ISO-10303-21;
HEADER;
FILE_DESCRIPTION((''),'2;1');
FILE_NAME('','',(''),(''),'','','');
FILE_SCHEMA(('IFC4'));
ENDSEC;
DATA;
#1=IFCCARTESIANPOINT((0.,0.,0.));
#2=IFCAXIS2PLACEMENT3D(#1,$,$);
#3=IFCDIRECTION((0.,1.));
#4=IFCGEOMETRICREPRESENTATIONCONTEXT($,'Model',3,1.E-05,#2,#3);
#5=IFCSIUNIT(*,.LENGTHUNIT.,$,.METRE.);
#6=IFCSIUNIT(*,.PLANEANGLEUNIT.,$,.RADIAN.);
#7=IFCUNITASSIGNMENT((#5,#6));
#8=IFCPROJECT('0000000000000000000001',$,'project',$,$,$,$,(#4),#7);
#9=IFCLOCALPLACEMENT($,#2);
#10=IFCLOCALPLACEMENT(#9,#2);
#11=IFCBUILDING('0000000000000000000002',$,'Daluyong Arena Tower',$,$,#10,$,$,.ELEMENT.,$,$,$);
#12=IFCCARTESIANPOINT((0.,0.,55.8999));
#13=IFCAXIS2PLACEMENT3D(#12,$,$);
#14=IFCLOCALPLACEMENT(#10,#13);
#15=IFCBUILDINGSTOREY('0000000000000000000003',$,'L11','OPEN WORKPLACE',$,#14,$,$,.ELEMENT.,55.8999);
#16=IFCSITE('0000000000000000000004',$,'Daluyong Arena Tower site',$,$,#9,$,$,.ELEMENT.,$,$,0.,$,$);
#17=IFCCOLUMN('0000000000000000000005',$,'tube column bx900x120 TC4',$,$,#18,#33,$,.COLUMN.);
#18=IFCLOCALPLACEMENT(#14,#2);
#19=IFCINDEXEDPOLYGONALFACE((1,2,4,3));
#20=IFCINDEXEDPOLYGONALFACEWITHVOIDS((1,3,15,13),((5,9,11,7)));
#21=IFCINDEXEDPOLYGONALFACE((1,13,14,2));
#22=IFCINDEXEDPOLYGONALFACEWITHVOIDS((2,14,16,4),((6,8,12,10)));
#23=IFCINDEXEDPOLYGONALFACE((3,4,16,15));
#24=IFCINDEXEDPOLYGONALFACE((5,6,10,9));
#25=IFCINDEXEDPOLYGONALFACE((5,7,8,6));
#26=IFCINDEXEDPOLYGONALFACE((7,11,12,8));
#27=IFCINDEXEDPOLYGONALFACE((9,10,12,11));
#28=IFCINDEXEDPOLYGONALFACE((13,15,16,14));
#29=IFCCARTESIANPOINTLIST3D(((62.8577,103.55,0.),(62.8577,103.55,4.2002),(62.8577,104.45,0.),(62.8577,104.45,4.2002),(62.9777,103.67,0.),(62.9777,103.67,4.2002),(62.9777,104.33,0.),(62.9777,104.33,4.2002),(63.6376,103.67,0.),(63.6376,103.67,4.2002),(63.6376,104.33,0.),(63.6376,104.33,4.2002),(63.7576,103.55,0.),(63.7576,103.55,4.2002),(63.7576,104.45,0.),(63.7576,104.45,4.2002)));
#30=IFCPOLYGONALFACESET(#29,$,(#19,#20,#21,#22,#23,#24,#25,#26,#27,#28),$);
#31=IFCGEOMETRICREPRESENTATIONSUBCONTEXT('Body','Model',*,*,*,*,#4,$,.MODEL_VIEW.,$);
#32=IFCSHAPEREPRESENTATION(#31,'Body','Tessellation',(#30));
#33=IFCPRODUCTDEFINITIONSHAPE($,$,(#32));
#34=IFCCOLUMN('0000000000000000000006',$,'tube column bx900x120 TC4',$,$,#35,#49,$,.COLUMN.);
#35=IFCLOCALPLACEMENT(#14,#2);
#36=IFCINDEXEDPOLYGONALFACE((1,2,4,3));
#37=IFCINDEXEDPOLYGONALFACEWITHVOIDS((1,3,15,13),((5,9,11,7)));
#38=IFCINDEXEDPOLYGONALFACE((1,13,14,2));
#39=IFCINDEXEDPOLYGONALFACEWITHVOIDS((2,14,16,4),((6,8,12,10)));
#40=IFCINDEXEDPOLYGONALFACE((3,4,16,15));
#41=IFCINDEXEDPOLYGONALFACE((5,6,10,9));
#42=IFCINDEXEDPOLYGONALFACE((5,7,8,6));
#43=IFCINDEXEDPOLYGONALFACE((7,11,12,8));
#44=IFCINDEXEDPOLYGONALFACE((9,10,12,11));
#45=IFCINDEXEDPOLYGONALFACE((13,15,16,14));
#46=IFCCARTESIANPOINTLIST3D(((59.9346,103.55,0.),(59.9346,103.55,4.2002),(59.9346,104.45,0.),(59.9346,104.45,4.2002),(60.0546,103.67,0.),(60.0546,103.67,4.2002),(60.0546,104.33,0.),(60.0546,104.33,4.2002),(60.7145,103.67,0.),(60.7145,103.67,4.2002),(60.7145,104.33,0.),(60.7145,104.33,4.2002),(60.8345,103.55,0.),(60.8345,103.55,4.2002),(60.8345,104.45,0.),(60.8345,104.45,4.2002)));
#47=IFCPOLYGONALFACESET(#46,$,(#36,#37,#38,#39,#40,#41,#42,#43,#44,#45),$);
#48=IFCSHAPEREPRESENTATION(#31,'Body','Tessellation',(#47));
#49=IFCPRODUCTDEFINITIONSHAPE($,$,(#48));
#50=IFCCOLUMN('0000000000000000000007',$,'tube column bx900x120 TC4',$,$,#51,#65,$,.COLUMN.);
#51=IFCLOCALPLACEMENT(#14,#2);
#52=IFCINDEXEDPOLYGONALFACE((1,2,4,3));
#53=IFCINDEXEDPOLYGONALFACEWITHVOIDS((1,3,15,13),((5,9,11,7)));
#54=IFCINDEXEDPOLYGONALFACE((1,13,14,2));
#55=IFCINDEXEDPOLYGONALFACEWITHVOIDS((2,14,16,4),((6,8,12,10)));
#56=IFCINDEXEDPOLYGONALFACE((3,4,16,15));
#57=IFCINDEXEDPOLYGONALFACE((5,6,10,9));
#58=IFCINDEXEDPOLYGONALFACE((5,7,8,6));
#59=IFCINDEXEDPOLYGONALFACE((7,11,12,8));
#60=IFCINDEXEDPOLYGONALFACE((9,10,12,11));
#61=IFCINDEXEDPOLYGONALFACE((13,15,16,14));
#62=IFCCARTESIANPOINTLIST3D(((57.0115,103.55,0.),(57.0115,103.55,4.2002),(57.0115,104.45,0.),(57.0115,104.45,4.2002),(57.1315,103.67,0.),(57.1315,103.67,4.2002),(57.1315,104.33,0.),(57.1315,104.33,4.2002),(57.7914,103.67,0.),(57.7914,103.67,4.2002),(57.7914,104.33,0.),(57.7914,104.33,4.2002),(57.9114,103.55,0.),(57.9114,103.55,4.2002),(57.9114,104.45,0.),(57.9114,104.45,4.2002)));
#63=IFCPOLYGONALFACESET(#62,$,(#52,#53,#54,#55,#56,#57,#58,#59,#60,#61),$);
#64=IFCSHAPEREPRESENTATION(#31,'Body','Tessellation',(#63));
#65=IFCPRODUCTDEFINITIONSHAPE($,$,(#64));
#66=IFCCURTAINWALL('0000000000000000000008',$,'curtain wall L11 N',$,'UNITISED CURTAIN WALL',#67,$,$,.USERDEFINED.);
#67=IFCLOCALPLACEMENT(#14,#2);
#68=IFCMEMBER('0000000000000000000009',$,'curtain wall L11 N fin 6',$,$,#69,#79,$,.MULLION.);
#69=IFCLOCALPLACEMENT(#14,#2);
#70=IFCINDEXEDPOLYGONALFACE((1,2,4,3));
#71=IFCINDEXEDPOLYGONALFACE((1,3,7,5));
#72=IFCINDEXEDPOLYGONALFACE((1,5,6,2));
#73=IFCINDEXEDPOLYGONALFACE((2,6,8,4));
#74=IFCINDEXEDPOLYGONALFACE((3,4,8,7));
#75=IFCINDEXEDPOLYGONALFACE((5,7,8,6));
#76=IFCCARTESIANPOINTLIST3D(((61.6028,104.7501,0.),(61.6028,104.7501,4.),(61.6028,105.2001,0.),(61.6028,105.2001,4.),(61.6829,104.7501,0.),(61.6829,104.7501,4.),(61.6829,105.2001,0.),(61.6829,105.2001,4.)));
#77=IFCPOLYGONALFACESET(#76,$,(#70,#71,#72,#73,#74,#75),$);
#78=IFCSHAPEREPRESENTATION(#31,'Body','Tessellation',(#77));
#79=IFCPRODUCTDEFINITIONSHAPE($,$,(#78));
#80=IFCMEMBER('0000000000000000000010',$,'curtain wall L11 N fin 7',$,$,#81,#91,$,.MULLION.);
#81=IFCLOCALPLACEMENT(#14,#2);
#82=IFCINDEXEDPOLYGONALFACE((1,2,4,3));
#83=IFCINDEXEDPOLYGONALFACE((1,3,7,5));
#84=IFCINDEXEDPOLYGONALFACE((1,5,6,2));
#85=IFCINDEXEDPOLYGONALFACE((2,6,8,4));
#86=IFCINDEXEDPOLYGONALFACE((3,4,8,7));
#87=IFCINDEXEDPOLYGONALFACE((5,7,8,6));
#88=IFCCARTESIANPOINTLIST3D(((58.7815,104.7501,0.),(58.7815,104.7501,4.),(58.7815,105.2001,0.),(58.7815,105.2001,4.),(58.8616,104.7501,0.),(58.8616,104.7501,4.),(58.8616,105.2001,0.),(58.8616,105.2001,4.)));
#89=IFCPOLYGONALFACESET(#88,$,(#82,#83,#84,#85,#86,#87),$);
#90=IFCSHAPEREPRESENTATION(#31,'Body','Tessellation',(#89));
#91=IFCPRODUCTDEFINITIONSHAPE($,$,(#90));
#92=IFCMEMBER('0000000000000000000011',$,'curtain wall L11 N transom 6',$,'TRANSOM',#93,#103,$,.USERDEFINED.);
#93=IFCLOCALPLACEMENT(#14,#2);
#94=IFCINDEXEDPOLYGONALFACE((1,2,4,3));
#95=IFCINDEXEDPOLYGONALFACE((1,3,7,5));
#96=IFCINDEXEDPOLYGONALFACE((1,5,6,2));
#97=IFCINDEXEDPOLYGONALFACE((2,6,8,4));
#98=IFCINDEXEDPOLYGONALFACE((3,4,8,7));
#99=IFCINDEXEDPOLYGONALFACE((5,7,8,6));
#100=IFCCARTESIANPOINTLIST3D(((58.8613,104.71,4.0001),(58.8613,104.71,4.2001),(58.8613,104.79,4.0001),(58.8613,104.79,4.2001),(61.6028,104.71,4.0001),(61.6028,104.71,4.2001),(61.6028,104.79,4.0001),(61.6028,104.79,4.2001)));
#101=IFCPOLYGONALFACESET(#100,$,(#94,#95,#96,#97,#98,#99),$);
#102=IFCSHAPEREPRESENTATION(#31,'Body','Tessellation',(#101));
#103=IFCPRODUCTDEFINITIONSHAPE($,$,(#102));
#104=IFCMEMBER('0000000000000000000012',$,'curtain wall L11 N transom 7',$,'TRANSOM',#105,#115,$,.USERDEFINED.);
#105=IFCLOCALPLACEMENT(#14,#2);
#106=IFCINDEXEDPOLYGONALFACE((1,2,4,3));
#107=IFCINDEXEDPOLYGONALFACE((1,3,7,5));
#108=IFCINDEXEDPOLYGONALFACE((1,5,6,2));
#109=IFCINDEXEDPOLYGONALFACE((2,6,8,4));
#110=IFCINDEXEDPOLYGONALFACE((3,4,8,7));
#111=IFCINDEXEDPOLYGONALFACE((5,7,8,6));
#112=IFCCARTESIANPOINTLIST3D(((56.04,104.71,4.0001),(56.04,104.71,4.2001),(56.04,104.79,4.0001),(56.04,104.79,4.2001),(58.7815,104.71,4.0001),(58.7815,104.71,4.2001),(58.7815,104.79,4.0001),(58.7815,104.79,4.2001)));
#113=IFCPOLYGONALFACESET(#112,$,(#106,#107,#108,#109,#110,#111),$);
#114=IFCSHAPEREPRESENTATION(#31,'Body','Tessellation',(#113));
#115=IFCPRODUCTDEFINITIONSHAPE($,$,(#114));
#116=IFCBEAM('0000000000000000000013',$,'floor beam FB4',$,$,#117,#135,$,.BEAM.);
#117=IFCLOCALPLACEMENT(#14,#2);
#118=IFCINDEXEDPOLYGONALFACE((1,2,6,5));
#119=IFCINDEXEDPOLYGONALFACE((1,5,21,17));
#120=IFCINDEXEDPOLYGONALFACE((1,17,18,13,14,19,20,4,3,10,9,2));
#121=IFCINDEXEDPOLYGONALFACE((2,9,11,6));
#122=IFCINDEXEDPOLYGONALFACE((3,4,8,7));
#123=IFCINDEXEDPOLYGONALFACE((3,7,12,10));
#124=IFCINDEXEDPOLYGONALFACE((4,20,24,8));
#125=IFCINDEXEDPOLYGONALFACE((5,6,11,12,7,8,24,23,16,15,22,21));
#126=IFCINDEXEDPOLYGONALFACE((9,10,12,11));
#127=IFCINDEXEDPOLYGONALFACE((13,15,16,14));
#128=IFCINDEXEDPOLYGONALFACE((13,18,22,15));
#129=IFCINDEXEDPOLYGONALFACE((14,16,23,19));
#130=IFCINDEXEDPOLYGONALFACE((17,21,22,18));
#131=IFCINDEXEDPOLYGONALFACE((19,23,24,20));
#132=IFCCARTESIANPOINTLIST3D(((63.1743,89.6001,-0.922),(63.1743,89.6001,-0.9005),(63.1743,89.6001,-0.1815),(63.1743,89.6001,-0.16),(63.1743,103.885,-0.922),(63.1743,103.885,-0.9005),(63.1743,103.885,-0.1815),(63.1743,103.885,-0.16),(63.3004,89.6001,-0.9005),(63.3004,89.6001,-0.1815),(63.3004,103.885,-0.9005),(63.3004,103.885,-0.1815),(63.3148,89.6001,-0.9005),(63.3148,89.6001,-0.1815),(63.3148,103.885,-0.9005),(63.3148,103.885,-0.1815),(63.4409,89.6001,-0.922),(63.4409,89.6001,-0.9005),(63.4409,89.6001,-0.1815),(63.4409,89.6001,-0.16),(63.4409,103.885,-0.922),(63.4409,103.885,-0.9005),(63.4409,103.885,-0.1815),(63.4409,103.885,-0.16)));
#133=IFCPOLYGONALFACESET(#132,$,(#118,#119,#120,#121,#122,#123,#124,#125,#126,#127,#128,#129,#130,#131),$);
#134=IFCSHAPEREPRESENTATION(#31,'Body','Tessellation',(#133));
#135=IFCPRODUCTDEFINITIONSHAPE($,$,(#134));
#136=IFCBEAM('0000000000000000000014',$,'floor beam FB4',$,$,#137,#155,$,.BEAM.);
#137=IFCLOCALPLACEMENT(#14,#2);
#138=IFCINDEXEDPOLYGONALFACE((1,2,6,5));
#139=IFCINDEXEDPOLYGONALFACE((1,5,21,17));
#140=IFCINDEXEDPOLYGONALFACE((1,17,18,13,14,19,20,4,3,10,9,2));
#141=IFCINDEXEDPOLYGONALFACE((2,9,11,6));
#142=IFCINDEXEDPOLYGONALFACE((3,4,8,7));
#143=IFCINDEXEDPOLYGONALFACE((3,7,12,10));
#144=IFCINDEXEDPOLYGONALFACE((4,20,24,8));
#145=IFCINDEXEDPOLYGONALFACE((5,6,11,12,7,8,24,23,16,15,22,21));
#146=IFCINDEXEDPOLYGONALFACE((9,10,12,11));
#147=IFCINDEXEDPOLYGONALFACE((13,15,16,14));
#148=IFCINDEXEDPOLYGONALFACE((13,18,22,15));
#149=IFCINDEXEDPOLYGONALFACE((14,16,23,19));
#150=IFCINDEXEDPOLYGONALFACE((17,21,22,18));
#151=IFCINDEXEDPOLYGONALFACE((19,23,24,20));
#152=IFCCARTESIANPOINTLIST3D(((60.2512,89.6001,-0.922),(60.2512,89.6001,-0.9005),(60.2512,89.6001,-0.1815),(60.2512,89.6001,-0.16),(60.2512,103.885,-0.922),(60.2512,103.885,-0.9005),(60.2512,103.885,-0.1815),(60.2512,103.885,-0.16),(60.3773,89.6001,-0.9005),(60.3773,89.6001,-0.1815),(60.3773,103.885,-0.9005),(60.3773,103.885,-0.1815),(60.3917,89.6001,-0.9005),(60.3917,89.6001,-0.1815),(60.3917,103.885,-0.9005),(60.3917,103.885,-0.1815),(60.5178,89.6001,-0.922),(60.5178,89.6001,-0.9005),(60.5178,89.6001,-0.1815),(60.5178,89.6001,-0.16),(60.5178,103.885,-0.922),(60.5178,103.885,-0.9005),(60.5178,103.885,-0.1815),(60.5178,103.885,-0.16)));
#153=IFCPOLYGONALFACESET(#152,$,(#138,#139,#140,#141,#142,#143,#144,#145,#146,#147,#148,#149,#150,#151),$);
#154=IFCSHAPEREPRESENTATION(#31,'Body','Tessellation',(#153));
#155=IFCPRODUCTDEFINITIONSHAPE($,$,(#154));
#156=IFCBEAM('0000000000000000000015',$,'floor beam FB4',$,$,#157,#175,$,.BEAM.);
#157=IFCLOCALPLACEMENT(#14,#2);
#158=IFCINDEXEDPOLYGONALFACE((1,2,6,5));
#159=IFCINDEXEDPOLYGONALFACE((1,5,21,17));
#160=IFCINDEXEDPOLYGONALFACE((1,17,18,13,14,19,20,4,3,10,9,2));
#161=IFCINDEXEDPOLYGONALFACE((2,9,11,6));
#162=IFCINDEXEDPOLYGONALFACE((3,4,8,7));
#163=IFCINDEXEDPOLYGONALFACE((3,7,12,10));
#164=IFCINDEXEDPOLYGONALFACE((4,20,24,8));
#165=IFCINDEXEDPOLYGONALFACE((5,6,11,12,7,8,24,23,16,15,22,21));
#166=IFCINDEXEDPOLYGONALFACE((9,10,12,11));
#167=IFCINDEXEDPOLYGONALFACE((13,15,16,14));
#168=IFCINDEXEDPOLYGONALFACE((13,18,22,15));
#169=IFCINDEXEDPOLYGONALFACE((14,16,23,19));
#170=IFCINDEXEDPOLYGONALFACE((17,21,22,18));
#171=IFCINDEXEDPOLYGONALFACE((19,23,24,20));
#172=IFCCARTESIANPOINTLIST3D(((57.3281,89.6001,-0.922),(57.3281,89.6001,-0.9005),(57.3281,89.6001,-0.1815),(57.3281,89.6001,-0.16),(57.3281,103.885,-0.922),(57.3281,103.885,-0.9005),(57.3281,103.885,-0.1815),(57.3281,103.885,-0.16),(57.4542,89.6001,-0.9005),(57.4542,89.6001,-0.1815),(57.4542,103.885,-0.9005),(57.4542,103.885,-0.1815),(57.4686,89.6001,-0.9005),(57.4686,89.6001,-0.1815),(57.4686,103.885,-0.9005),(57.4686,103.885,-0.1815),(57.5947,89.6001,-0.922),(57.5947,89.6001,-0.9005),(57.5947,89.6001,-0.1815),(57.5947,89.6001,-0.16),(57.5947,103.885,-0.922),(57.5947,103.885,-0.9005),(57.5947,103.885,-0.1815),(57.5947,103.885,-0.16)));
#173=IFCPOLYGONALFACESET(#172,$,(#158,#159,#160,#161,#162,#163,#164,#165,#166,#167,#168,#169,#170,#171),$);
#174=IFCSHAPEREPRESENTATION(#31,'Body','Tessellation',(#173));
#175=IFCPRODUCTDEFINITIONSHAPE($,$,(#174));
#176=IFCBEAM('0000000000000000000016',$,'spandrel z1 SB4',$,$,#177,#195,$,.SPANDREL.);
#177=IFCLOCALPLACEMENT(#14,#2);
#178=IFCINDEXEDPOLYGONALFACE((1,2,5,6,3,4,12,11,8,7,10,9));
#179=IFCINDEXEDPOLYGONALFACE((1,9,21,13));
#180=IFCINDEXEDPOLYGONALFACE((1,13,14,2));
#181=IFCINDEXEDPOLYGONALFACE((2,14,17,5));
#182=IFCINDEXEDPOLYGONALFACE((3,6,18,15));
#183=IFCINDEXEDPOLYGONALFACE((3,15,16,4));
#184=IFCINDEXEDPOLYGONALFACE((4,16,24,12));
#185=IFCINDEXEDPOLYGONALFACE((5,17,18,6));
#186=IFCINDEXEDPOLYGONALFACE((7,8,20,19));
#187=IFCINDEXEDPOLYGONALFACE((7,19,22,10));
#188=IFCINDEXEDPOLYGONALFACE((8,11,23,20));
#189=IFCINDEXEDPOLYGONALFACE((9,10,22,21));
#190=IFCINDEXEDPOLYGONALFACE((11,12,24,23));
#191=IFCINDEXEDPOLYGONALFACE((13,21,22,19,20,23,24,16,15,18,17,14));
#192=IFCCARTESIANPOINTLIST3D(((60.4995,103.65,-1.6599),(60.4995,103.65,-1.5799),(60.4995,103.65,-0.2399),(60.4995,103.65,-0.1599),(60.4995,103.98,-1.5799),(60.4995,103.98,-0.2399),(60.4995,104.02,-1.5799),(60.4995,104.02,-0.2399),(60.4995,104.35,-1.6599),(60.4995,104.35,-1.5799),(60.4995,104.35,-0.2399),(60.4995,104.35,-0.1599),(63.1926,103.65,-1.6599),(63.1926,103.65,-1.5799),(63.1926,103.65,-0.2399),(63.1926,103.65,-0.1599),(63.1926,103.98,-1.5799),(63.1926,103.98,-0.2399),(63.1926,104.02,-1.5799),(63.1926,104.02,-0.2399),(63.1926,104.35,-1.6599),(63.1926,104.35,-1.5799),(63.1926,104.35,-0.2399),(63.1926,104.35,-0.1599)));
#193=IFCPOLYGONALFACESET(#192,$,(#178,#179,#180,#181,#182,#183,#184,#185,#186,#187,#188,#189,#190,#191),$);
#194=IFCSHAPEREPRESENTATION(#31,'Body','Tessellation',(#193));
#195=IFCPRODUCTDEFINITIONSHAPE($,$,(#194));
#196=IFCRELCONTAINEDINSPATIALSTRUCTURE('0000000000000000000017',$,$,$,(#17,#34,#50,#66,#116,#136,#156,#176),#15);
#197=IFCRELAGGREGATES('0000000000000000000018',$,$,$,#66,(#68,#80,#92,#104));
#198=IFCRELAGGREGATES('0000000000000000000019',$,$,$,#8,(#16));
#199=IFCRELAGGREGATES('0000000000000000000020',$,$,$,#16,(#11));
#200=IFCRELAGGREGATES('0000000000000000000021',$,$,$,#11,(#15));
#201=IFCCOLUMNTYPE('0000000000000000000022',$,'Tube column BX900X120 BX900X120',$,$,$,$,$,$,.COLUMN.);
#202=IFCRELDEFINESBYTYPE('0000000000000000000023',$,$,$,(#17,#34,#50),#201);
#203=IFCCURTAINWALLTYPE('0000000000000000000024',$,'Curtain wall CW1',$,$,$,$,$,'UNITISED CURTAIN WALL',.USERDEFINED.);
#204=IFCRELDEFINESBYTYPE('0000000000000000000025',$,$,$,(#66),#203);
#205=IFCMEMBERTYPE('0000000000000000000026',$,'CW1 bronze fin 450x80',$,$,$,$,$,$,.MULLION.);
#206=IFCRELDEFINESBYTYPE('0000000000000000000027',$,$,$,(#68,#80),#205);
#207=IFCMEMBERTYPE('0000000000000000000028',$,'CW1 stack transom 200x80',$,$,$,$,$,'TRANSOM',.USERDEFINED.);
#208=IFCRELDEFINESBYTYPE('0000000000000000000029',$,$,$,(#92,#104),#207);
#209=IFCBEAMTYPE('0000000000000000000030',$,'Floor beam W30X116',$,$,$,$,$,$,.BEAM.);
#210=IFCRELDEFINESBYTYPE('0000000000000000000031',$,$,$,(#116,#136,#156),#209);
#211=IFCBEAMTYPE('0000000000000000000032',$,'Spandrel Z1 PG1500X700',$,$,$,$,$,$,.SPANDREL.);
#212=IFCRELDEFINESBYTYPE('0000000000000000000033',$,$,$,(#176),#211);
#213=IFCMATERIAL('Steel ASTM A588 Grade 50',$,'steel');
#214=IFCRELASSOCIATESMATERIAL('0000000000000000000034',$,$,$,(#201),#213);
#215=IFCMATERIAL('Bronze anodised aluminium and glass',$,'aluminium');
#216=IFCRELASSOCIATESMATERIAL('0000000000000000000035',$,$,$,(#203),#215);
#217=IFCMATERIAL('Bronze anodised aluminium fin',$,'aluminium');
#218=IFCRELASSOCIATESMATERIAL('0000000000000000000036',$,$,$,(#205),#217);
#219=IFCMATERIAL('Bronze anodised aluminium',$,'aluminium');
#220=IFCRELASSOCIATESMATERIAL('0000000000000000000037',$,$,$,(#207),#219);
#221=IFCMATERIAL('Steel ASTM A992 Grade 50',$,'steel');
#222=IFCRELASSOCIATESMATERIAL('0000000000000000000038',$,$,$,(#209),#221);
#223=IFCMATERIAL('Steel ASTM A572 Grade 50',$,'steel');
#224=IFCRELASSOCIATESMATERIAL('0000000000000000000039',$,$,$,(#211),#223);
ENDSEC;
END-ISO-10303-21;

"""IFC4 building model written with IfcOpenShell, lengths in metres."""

from ifc_helpers import new_model, si_unit, direction, frame, origin, origin_2d, place, context, subcontext, project, spatial, rectangle, hollow_rectangle, i_section, extrude, material, material_profile, profile_set, type_object, element, aggregate, save


model = new_model("IFC4")

# Units and contexts
model_context = context("Model", 3, precision=1e-05, world=origin(), true_north=direction((0.0, 1.0)))
body_context = subcontext(model_context, "Body", "Model", "MODEL_VIEW")
ifc_project = project(units=[si_unit("LENGTHUNIT", "METRE"), si_unit("PLANEANGLEUNIT", "RADIAN")], contexts=[model_context])

# Site, building, storey
site_placement = place(None, origin())
site = spatial("IfcSite", under=ifc_project, at=site_placement, Name="Daluyong Arena Tower site", CompositionType="ELEMENT", RefElevation=0.0)
building_placement = place(site_placement, origin())
building = spatial("IfcBuilding", under=site, at=building_placement, Name="Daluyong Arena Tower", CompositionType="ELEMENT")
storey_placement = place(building_placement, frame((0.0, 0.0, 55.8999)))
storey = spatial("IfcBuildingStorey", under=building, at=storey_placement, Name="L11", Description="OPEN WORKPLACE", CompositionType="ELEMENT", Elevation=55.8999)

# Columns
ifc_material_1 = material(Name="Steel ASTM A588 Grade 50", Category="steel")
ifc_material_profile_1 = material_profile(ifc_material_1, hollow_rectangle(XDim=0.8999, YDim=0.8999, WallThickness=0.12, at=origin_2d()))
ifc_profile_set_1 = profile_set([ifc_material_profile_1], Name="Steel ASTM A588 Grade 50")
column_type = type_object("IfcColumnType", Name="Tube column BX900X120 BX900X120", PredefinedType="COLUMN", material=ifc_profile_set_1)
for number, where, z_axis, x_axis, name in (
    (1, (63.3076, 104.0, 0.0), (0.0, 0.0, 1.0), (1.0, 0.0, 0.0), "tube column bx900x120 TC4"),
    (2, (60.3845, 104.0, 0.0), (0.0, 0.0, 1.0), (1.0, 0.0, 0.0), "tube column bx900x120 TC4"),
    (3, (57.4614, 104.0, 0.0), (0.0, 0.0, 1.0), (1.0, 0.0, 0.0), "tube column bx900x120 TC4"),
):
    element("IfcColumn", number, at=place(storey_placement, frame(where, z_axis=z_axis, x_axis=x_axis)), inside=storey, type_object=column_type, Name=name, PredefinedType="COLUMN", context=body_context, shape_type="SweptSolid", body=[
        extrude(hollow_rectangle(XDim=0.8999, YDim=0.8999, WallThickness=0.12, at=origin_2d()), origin(), (0.0, 0.0, 1.0), 4.2002),
    ])

# Curtain wall, members
ifc_material_2 = material(Name="Bronze anodised aluminium and glass", Category="aluminium")
curtain_wall_type = type_object("IfcCurtainWallType", Name="Curtain wall CW1", ElementType="UNITISED CURTAIN WALL", PredefinedType="USERDEFINED", material=ifc_material_2)
curtain_wall_placement = place(storey_placement, origin())
curtain_wall = element("IfcCurtainWall", 4, at=curtain_wall_placement, inside=storey, type_object=curtain_wall_type, Name="curtain wall L11 N", ObjectType="UNITISED CURTAIN WALL", PredefinedType="USERDEFINED")
ifc_material_3 = material(Name="Bronze anodised aluminium fin", Category="aluminium")
ifc_material_profile_2 = material_profile(ifc_material_3, rectangle(XDim=0.45, YDim=0.0801, at=origin_2d()))
ifc_profile_set_2 = profile_set([ifc_material_profile_2], Name="Bronze anodised aluminium fin")
member_type_1 = type_object("IfcMemberType", Name="CW1 bronze fin 450x80", PredefinedType="MULLION", material=ifc_profile_set_2)
member_1_placement = place(storey_placement, frame((61.6428, 104.9751, 0.0), z_axis=(0.0, 0.0, 1.0), x_axis=(0.0, -1.0, 0.0)))
member_1 = element("IfcMember", 5, at=member_1_placement, type_object=member_type_1, Name="curtain wall L11 N fin 6", PredefinedType="MULLION", context=body_context, shape_type="SweptSolid", body=[
    extrude(rectangle(XDim=0.45, YDim=0.0801, at=origin_2d()), origin(), (0.0, 0.0, 1.0), 4.0),
])
member_2_placement = place(storey_placement, frame((58.8215, 104.9751, 0.0), z_axis=(0.0, 0.0, 1.0), x_axis=(0.0, -1.0, 0.0)))
member_2 = element("IfcMember", 6, at=member_2_placement, type_object=member_type_1, Name="curtain wall L11 N fin 7", PredefinedType="MULLION", context=body_context, shape_type="SweptSolid", body=[
    extrude(rectangle(XDim=0.45, YDim=0.0801, at=origin_2d()), origin(), (0.0, 0.0, 1.0), 4.0),
])
ifc_material_4 = material(Name="Bronze anodised aluminium", Category="aluminium")
ifc_material_profile_3 = material_profile(ifc_material_4, rectangle(XDim=0.0801, YDim=0.2, at=origin_2d()))
ifc_profile_set_3 = profile_set([ifc_material_profile_3], Name="Bronze anodised aluminium")
member_type_2 = type_object("IfcMemberType", Name="CW1 stack transom 200x80", ElementType="TRANSOM", PredefinedType="USERDEFINED", material=ifc_profile_set_3)
member_3_placement = place(storey_placement, frame((61.6028, 104.75, 4.1001), z_axis=(-1.0, 0.0, 0.0), x_axis=(0.0, -1.0, 0.0)))
member_3 = element("IfcMember", 7, at=member_3_placement, type_object=member_type_2, Name="curtain wall L11 N transom 6", ObjectType="TRANSOM", PredefinedType="USERDEFINED", context=body_context, shape_type="SweptSolid", body=[
    extrude(rectangle(XDim=0.0801, YDim=0.2, at=origin_2d()), origin(), (0.0, 0.0, 1.0), 2.7415),
])
member_4_placement = place(storey_placement, frame((58.7815, 104.75, 4.1001), z_axis=(-1.0, 0.0, 0.0), x_axis=(0.0, -1.0, 0.0)))
member_4 = element("IfcMember", 8, at=member_4_placement, type_object=member_type_2, Name="curtain wall L11 N transom 7", ObjectType="TRANSOM", PredefinedType="USERDEFINED", context=body_context, shape_type="SweptSolid", body=[
    extrude(rectangle(XDim=0.0801, YDim=0.2, at=origin_2d()), origin(), (0.0, 0.0, 1.0), 2.7415),
])

# Beams
ifc_material_5 = material(Name="Steel ASTM A992 Grade 50", Category="steel")
ifc_material_profile_4 = material_profile(ifc_material_5, i_section(OverallWidth=0.2666, OverallDepth=0.762, WebThickness=0.0144, FlangeThickness=0.0215, at=origin_2d()))
ifc_profile_set_4 = profile_set([ifc_material_profile_4], Name="Steel ASTM A992 Grade 50")
beam_type_1 = type_object("IfcBeamType", Name="Floor beam W30X116", PredefinedType="BEAM", material=ifc_profile_set_4)
for number, where, z_axis, x_axis, name in (
    (9, (63.3076, 103.885, -0.541), (0.0, -1.0, 0.0), (1.0, 0.0, 0.0), "floor beam FB4"),
    (10, (60.3845, 103.885, -0.541), (0.0, -1.0, 0.0), (1.0, 0.0, 0.0), "floor beam FB4"),
    (11, (57.4614, 103.885, -0.541), (0.0, -1.0, 0.0), (1.0, 0.0, 0.0), "floor beam FB4"),
):
    element("IfcBeam", number, at=place(storey_placement, frame(where, z_axis=z_axis, x_axis=x_axis)), inside=storey, type_object=beam_type_1, Name=name, PredefinedType="BEAM", context=body_context, shape_type="SweptSolid", body=[
        extrude(i_section(OverallWidth=0.2666, OverallDepth=0.762, WebThickness=0.0144, FlangeThickness=0.0215, at=origin_2d()), origin(), (0.0, 0.0, 1.0), 14.2849),
    ])
ifc_material_6 = material(Name="Steel ASTM A572 Grade 50", Category="steel")
ifc_material_profile_5 = material_profile(ifc_material_6, i_section(OverallWidth=0.7, OverallDepth=1.5, WebThickness=0.04, FlangeThickness=0.08, at=origin_2d()))
ifc_profile_set_5 = profile_set([ifc_material_profile_5], Name="Steel ASTM A572 Grade 50")
beam_type_2 = type_object("IfcBeamType", Name="Spandrel Z1 PG1500X700", PredefinedType="SPANDREL", material=ifc_profile_set_5)
for number, where, z_axis, x_axis, name in (
    (12, (63.1926, 104.0, -0.9099), (-1.0, 0.0, 0.0), (0.0, -1.0, 0.0), "spandrel z1 SB4"),
):
    element("IfcBeam", number, at=place(storey_placement, frame(where, z_axis=z_axis, x_axis=x_axis)), inside=storey, type_object=beam_type_2, Name=name, PredefinedType="SPANDREL", context=body_context, shape_type="SweptSolid", body=[
        extrude(i_section(OverallWidth=0.7, OverallDepth=1.5, WebThickness=0.04, FlangeThickness=0.08, at=origin_2d()), origin(), (0.0, 0.0, 1.0), 2.6931),
    ])

aggregate(curtain_wall, [member_1, member_2, member_3, member_4])

save(model, "model.ifc")
